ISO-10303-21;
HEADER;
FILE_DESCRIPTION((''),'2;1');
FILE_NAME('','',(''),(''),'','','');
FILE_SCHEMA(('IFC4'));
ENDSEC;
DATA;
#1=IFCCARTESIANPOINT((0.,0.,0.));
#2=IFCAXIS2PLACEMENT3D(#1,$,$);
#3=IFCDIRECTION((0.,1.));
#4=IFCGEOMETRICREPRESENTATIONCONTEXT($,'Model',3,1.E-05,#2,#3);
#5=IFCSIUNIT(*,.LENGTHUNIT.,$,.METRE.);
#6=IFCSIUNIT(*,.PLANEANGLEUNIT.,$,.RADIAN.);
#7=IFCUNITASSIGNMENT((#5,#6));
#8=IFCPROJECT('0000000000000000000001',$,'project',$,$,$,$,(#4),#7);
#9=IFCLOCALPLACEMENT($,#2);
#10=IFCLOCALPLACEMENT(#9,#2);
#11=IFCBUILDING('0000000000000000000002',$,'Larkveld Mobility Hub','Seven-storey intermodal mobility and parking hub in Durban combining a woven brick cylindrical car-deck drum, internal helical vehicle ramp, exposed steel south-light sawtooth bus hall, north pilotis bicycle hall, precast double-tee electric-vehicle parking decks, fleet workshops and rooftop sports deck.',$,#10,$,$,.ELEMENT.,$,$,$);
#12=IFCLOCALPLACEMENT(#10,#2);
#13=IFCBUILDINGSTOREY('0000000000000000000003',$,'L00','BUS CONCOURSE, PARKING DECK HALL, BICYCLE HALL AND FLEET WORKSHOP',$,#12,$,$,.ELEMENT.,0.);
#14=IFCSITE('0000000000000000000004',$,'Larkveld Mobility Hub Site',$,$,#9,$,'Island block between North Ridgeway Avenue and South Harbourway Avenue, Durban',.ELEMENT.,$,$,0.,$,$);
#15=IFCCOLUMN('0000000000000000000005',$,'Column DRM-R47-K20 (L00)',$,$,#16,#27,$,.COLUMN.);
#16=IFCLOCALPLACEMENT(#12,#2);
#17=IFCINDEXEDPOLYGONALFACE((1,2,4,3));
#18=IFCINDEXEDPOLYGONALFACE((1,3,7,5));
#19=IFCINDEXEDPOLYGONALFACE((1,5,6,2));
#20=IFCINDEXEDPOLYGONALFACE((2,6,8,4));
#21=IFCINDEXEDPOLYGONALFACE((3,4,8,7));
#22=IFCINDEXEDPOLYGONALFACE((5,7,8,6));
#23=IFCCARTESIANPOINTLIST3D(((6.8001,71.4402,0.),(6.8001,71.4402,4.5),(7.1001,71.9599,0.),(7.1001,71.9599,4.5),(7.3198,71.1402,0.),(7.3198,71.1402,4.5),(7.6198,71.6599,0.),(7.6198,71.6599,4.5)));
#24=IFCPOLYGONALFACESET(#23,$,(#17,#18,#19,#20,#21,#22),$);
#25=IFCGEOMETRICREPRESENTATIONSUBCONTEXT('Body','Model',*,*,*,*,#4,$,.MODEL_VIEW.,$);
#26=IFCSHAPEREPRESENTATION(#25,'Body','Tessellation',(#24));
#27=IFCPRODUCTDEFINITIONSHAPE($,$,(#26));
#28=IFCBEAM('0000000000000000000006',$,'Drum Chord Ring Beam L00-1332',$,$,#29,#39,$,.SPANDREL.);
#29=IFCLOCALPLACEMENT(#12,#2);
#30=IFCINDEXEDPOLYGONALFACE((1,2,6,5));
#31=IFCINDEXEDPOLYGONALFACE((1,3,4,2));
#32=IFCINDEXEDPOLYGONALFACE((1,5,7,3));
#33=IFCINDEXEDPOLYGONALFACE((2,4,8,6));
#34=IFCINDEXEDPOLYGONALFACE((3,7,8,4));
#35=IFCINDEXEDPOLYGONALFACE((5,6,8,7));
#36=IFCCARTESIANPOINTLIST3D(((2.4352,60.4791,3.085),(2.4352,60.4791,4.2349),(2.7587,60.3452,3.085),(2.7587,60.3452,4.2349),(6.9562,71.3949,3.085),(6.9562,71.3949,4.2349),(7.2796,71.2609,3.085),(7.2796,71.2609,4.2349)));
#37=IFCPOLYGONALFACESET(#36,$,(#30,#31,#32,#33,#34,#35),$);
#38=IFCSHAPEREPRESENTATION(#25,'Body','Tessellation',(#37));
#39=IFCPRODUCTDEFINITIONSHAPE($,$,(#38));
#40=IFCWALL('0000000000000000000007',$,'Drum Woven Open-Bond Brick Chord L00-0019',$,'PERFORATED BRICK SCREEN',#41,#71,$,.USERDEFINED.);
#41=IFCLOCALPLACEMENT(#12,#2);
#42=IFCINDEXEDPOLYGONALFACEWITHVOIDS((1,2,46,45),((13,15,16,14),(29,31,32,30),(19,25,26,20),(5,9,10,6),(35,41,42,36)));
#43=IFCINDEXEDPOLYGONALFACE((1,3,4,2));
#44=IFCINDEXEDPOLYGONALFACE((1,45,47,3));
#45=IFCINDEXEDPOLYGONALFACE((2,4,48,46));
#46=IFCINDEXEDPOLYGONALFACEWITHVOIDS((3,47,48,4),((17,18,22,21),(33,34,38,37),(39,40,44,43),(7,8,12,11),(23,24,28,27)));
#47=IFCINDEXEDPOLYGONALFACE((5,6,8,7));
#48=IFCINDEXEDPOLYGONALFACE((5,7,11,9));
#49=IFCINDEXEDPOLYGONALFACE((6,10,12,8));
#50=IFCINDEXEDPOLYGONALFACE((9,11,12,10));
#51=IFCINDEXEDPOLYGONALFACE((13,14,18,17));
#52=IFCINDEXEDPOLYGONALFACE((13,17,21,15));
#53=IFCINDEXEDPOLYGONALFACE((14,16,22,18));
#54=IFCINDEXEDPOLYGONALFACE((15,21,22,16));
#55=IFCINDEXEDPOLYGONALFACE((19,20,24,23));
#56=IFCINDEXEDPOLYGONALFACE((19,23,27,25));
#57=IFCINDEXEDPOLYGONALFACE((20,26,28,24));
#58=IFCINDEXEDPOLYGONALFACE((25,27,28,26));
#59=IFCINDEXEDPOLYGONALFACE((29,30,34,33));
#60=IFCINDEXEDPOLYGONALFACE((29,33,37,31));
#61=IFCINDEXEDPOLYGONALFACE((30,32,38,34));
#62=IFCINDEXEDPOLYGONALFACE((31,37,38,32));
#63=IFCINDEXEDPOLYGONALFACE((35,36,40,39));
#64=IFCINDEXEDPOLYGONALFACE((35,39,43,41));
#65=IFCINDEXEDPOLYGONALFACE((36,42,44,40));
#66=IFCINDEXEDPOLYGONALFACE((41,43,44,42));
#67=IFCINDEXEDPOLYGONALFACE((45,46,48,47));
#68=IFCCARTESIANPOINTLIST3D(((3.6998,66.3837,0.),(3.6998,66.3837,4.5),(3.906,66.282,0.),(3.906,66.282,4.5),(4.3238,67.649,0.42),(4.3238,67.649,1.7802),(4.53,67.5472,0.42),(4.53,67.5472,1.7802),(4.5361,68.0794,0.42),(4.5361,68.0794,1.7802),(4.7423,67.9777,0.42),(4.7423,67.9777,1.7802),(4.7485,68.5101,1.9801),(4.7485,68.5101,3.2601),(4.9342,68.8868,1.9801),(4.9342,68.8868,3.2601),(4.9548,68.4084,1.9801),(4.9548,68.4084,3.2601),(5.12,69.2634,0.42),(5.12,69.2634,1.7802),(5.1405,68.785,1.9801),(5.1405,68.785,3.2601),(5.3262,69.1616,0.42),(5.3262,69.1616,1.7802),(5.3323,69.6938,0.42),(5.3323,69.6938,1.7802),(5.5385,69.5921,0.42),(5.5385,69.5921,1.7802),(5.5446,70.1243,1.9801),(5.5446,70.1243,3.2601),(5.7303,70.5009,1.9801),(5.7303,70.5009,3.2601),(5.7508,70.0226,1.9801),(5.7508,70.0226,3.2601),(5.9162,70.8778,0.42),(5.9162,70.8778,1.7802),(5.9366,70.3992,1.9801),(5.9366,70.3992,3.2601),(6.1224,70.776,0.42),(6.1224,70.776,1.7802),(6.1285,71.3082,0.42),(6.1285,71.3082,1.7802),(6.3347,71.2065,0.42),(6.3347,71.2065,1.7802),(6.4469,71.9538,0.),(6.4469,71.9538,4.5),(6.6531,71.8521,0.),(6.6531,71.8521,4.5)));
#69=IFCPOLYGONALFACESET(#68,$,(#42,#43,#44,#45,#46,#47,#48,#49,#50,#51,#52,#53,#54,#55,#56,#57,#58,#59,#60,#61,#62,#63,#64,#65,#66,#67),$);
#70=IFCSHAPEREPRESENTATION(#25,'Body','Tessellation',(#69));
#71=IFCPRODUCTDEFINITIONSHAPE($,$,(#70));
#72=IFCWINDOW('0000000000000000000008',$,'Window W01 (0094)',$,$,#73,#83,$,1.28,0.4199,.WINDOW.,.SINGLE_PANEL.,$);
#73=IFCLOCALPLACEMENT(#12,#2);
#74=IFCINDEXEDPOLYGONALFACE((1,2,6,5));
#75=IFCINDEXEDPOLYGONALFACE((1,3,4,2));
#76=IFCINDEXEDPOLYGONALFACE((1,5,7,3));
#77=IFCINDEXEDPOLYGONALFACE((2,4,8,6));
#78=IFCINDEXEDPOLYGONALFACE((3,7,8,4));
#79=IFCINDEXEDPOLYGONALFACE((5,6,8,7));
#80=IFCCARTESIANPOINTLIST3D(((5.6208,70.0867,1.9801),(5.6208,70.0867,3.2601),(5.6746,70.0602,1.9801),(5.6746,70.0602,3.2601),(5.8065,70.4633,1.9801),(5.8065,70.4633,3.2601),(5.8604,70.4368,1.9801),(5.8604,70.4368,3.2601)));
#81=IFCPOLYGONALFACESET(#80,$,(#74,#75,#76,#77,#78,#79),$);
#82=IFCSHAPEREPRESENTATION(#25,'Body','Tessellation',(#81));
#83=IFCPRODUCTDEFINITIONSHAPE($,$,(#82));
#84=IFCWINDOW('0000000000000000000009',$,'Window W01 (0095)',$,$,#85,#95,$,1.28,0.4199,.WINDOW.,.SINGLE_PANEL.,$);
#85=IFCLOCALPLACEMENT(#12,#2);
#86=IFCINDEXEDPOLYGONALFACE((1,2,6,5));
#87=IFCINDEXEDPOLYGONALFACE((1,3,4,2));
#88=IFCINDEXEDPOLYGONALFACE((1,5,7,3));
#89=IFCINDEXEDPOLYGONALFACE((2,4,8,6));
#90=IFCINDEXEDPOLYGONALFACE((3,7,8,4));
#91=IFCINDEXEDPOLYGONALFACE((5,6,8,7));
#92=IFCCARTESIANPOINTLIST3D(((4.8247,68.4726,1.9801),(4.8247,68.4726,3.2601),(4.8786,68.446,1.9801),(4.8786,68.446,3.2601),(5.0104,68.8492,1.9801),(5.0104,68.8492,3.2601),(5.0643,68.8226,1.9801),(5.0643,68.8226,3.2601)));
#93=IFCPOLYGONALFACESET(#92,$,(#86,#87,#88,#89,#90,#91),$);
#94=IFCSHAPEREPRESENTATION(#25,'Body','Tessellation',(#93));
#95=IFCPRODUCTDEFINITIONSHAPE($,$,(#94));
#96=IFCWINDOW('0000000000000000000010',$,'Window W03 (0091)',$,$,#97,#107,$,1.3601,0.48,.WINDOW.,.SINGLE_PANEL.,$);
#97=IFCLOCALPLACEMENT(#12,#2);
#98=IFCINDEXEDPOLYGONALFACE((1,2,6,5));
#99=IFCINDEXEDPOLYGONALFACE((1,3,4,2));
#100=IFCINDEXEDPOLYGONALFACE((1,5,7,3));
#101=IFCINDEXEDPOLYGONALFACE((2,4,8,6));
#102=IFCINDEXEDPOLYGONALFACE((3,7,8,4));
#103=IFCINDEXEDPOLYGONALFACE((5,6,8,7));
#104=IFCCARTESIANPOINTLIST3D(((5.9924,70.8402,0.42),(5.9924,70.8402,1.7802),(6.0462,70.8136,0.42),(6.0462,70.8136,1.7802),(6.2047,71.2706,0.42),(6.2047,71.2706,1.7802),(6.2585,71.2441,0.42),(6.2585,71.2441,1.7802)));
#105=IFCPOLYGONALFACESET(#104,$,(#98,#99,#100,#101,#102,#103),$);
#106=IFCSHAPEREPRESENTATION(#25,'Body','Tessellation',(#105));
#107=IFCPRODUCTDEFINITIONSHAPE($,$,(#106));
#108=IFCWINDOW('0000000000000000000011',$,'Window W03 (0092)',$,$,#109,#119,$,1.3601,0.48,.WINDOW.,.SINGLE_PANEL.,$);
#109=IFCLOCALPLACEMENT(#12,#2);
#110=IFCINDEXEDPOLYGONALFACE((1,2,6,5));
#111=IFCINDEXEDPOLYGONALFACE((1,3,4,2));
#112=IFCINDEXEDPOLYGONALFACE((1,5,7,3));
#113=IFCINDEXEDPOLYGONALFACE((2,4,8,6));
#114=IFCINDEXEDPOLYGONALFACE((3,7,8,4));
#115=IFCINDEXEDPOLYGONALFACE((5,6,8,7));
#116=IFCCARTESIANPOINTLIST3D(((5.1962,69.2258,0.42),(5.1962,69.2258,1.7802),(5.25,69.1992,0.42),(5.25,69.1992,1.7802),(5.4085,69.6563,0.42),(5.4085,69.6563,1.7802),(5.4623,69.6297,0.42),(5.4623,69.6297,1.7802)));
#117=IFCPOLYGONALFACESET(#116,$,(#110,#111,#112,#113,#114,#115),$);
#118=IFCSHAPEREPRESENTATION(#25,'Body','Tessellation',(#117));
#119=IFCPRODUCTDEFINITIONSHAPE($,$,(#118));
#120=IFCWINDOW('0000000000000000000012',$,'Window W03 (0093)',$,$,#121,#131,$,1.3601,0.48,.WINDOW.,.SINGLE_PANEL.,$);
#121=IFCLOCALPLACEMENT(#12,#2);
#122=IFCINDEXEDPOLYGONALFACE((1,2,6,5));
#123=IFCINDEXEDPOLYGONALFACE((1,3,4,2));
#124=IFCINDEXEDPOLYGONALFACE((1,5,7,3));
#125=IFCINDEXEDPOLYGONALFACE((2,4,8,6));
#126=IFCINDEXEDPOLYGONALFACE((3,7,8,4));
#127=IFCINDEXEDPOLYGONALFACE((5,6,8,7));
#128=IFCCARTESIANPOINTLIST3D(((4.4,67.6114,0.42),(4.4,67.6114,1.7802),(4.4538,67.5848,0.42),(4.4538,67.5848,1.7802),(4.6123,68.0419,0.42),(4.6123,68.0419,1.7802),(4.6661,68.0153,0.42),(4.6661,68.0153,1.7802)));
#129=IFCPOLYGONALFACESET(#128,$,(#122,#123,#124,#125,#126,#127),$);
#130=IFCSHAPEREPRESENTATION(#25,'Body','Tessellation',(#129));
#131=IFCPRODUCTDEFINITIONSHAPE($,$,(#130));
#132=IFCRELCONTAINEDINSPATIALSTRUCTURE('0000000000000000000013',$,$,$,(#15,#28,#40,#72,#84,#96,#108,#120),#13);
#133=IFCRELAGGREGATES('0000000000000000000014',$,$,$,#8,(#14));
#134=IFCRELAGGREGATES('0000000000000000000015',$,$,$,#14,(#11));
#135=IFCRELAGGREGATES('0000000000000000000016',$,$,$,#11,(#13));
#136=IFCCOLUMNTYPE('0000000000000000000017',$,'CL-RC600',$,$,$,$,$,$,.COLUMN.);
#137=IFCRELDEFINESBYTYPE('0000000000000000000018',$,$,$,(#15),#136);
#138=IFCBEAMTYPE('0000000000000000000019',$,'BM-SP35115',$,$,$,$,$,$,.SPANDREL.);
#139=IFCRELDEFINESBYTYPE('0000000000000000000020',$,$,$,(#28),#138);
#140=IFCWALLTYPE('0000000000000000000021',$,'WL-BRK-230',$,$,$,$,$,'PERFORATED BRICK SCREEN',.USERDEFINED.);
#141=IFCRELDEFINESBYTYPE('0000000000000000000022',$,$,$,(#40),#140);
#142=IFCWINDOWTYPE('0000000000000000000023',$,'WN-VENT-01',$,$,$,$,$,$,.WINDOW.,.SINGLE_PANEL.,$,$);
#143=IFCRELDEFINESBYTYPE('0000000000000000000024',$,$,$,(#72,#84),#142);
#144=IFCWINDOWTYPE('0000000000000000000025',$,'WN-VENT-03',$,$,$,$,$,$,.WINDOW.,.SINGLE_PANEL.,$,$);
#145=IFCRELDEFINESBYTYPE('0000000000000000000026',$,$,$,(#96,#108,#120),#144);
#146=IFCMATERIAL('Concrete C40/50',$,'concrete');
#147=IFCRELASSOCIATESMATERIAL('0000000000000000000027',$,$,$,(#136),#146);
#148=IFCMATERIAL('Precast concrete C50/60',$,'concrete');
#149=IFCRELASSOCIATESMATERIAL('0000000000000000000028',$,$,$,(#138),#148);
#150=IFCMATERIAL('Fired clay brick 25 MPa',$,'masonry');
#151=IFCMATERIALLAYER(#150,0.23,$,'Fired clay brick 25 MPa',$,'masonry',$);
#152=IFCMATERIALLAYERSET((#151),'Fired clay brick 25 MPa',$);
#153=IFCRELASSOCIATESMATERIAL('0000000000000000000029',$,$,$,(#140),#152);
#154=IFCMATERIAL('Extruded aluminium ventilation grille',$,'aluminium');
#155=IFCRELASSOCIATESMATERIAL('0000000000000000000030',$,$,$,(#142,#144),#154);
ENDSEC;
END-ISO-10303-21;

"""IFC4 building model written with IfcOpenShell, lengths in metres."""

from ifc_helpers import new_model, si_unit, direction, frame, frame_2d, origin, origin_2d, place, context, subcontext, project, spatial, rectangle, extrude, material, layer, layer_set, material_profile, profile_set, type_object, element, fill, save


model = new_model("IFC4")

# Units and contexts
model_context = context("Model", 3, precision=1e-05, world=origin(), true_north=direction((0.0, 1.0)))
body_context = subcontext(model_context, "Body", "Model", "MODEL_VIEW")
ifc_project = project(units=[si_unit("LENGTHUNIT", "METRE"), si_unit("PLANEANGLEUNIT", "RADIAN")], contexts=[model_context])

# Site, building, storey
site_placement = place(None, origin())
site = spatial("IfcSite", under=ifc_project, at=site_placement, Name="Larkveld Mobility Hub Site", LongName="Island block between North Ridgeway Avenue and South Harbourway Avenue, Durban", CompositionType="ELEMENT", RefElevation=0.0)
building_placement = place(site_placement, origin())
building = spatial("IfcBuilding", under=site, at=building_placement, Name="Larkveld Mobility Hub", Description="Seven-storey intermodal mobility and parking hub in Durban combining a woven brick cylindrical car-deck drum, internal helical vehicle ramp, exposed steel south-light sawtooth bus hall, north pilotis bicycle hall, precast double-tee electric-vehicle parking decks, fleet workshops and rooftop sports deck.", CompositionType="ELEMENT")
storey_placement = place(building_placement, origin())
storey = spatial("IfcBuildingStorey", under=building, at=storey_placement, Name="L00", Description="BUS CONCOURSE, PARKING DECK HALL, BICYCLE HALL AND FLEET WORKSHOP", CompositionType="ELEMENT", Elevation=0.0)

# Column
ifc_material_1 = material(Name="Concrete C40/50", Category="concrete")
ifc_material_profile_1 = material_profile(ifc_material_1, rectangle(XDim=0.6001, YDim=0.6001, at=origin_2d()), Name="RC COL 600x600")
ifc_profile_set_1 = profile_set([ifc_material_profile_1], Name="Concrete C40/50")
column_type = type_object("IfcColumnType", Name="CL-RC600", PredefinedType="COLUMN", material=ifc_profile_set_1)
column_placement = place(storey_placement, frame((7.21, 71.55, 0.0), z_axis=(0.0, 0.0, 1.0), x_axis=(-0.866025, 0.5, 0.0)))
element("IfcColumn", 1, at=column_placement, inside=storey, type_object=column_type, Name="Column DRM-R47-K20 (L00)", PredefinedType="COLUMN", context=body_context, shape_type="SweptSolid", body=[
    extrude(rectangle(XDim=0.6001, YDim=0.6001, at=origin_2d()), origin(), (0.0, 0.0, 1.0), 4.5),
])

# Beam
ifc_material_2 = material(Name="Precast concrete C50/60", Category="concrete")
ifc_material_profile_2 = material_profile(ifc_material_2, rectangle(XDim=0.3501, YDim=1.1499, at=origin_2d()), Name="PC SP 350x1150")
ifc_profile_set_2 = profile_set([ifc_material_profile_2], Name="Precast concrete C50/60")
beam_type = type_object("IfcBeamType", Name="BM-SP35115", PredefinedType="SPANDREL", material=ifc_profile_set_2)
beam_placement = place(storey_placement, frame((7.1179, 71.3279, 3.6599), z_axis=(-0.38265, -0.923893, 0.0), x_axis=(0.923893, -0.38265, 0.0)))
element("IfcBeam", 2, at=beam_placement, inside=storey, type_object=beam_type, Name="Drum Chord Ring Beam L00-1332", PredefinedType="SPANDREL", context=body_context, shape_type="SweptSolid", body=[
    extrude(rectangle(XDim=0.3501, YDim=1.1499, at=origin_2d()), origin(), (0.0, 0.0, 1.0), 11.8149),
])

# Wall, openings, windows
ifc_material_3 = material(Name="Fired clay brick 25 MPa", Category="masonry")
ifc_layer_1 = layer(ifc_material_3, 0.23, Name="Fired clay brick 25 MPa", Category="masonry")
ifc_layer_set_1 = layer_set([ifc_layer_1], Name="Fired clay brick 25 MPa")
wall_type_1 = type_object("IfcWallType", Name="WL-BRK-230", ElementType="PERFORATED BRICK SCREEN", PredefinedType="USERDEFINED", material=ifc_layer_set_1)
wall_1_placement = place(storey_placement, frame((6.55, 71.9031, 0.0), z_axis=(0.0, 0.0, 1.0), x_axis=(-0.442317, -0.896859, 0.0)))
wall_1 = element("IfcWall", 3, at=wall_1_placement, inside=storey, type_object=wall_type_1, Name="Drum Woven Open-Bond Brick Chord L00-0019", ObjectType="PERFORATED BRICK SCREEN", PredefinedType="USERDEFINED", context=body_context, shape_type="SweptSolid", body=[
    extrude(rectangle(XDim=6.2107, YDim=0.23, at=frame_2d((3.1055, 0.0))), origin(), (0.0, 0.0, 1.0), 4.5),
])
opening_1_placement = place(wall_1_placement, frame((0.72, 0.0, 0.4199)))
opening_1 = element("IfcOpeningElement", 4, at=opening_1_placement, cuts=wall_1, PredefinedType="OPENING", context=body_context, shape_type="SweptSolid", body=[
    extrude(rectangle(XDim=0.48, YDim=1.3601, at=frame_2d((0.24, 0.6802))), frame((0.0, 0.125, 0.0), z_axis=(0.0, -1.0, 0.0), x_axis=(1.0, 0.0, 0.0)), (0.0, 0.0, 1.0), 0.25),
])
opening_2_placement = place(wall_1_placement, frame((2.52, 0.0, 0.4199)))
opening_2 = element("IfcOpeningElement", 5, at=opening_2_placement, cuts=wall_1, PredefinedType="OPENING", context=body_context, shape_type="SweptSolid", body=[
    extrude(rectangle(XDim=0.48, YDim=1.3601, at=frame_2d((0.24, 0.6802))), frame((0.0, 0.125, 0.0), z_axis=(0.0, -1.0, 0.0), x_axis=(1.0, 0.0, 0.0)), (0.0, 0.0, 1.0), 0.25),
])
opening_3_placement = place(wall_1_placement, frame((4.3201, 0.0, 0.4199)))
opening_3 = element("IfcOpeningElement", 6, at=opening_3_placement, cuts=wall_1, PredefinedType="OPENING", context=body_context, shape_type="SweptSolid", body=[
    extrude(rectangle(XDim=0.48, YDim=1.3601, at=frame_2d((0.24, 0.6802))), frame((0.0, 0.125, 0.0), z_axis=(0.0, -1.0, 0.0), x_axis=(1.0, 0.0, 0.0)), (0.0, 0.0, 1.0), 0.25),
])
opening_4_placement = place(wall_1_placement, frame((1.6201, 0.0, 1.98)))
opening_4 = element("IfcOpeningElement", 7, at=opening_4_placement, cuts=wall_1, PredefinedType="OPENING", context=body_context, shape_type="SweptSolid", body=[
    extrude(rectangle(XDim=0.4199, YDim=1.28, at=frame_2d((0.21, 0.6401))), frame((0.0, 0.125, 0.0), z_axis=(0.0, -1.0, 0.0), x_axis=(1.0, 0.0, 0.0)), (0.0, 0.0, 1.0), 0.25),
])
opening_5_placement = place(wall_1_placement, frame((3.4199, 0.0, 1.98)))
opening_5 = element("IfcOpeningElement", 8, at=opening_5_placement, cuts=wall_1, PredefinedType="OPENING", context=body_context, shape_type="SweptSolid", body=[
    extrude(rectangle(XDim=0.4199, YDim=1.28, at=frame_2d((0.21, 0.6401))), frame((0.0, 0.125, 0.0), z_axis=(0.0, -1.0, 0.0), x_axis=(1.0, 0.0, 0.0)), (0.0, 0.0, 1.0), 0.25),
])
ifc_material_4 = material(Name="Extruded aluminium ventilation grille", Category="aluminium")
window_type_1 = type_object("IfcWindowType", Name="WN-VENT-01", PartitioningType="SINGLE_PANEL", PredefinedType="WINDOW", material=ifc_material_4)
window_1_placement = place(opening_4_placement, origin())
window_1 = element("IfcWindow", 9, at=window_1_placement, inside=storey, type_object=window_type_1, Name="Window W01 (0094)", OverallHeight=1.28, OverallWidth=0.4199, PartitioningType="SINGLE_PANEL", PredefinedType="WINDOW", context=body_context, shape_type="SweptSolid", body=[
    extrude(rectangle(XDim=0.4199, YDim=1.28, at=frame_2d((0.21, 0.6401))), frame((0.0, 0.03, 0.0), z_axis=(0.0, -1.0, 0.0), x_axis=(1.0, 0.0, 0.0)), (0.0, 0.0, 1.0), 0.0601),
])
fill(opening_4, window_1)
window_2_placement = place(opening_5_placement, origin())
window_2 = element("IfcWindow", 10, at=window_2_placement, inside=storey, type_object=window_type_1, Name="Window W01 (0095)", OverallHeight=1.28, OverallWidth=0.4199, PartitioningType="SINGLE_PANEL", PredefinedType="WINDOW", context=body_context, shape_type="SweptSolid", body=[
    extrude(rectangle(XDim=0.4199, YDim=1.28, at=frame_2d((0.21, 0.6401))), frame((0.0, 0.03, 0.0), z_axis=(0.0, -1.0, 0.0), x_axis=(1.0, 0.0, 0.0)), (0.0, 0.0, 1.0), 0.0601),
])
fill(opening_5, window_2)
window_type_2 = type_object("IfcWindowType", Name="WN-VENT-03", PartitioningType="SINGLE_PANEL", PredefinedType="WINDOW", material=ifc_material_4)
window_3_placement = place(opening_1_placement, origin())
window_3 = element("IfcWindow", 11, at=window_3_placement, inside=storey, type_object=window_type_2, Name="Window W03 (0091)", OverallHeight=1.3601, OverallWidth=0.48, PartitioningType="SINGLE_PANEL", PredefinedType="WINDOW", context=body_context, shape_type="SweptSolid", body=[
    extrude(rectangle(XDim=0.48, YDim=1.3601, at=frame_2d((0.24, 0.6802))), frame((0.0, 0.03, 0.0), z_axis=(0.0, -1.0, 0.0), x_axis=(1.0, 0.0, 0.0)), (0.0, 0.0, 1.0), 0.0601),
])
fill(opening_1, window_3)
window_4_placement = place(opening_2_placement, origin())
window_4 = element("IfcWindow", 12, at=window_4_placement, inside=storey, type_object=window_type_2, Name="Window W03 (0092)", OverallHeight=1.3601, OverallWidth=0.48, PartitioningType="SINGLE_PANEL", PredefinedType="WINDOW", context=body_context, shape_type="SweptSolid", body=[
    extrude(rectangle(XDim=0.48, YDim=1.3601, at=frame_2d((0.24, 0.6802))), frame((0.0, 0.03, 0.0), z_axis=(0.0, -1.0, 0.0), x_axis=(1.0, 0.0, 0.0)), (0.0, 0.0, 1.0), 0.0601),
])
fill(opening_2, window_4)
window_5_placement = place(opening_3_placement, origin())
window_5 = element("IfcWindow", 13, at=window_5_placement, inside=storey, type_object=window_type_2, Name="Window W03 (0093)", OverallHeight=1.3601, OverallWidth=0.48, PartitioningType="SINGLE_PANEL", PredefinedType="WINDOW", context=body_context, shape_type="SweptSolid", body=[
    extrude(rectangle(XDim=0.48, YDim=1.3601, at=frame_2d((0.24, 0.6802))), frame((0.0, 0.03, 0.0), z_axis=(0.0, -1.0, 0.0), x_axis=(1.0, 0.0, 0.0)), (0.0, 0.0, 1.0), 0.0601),
])
fill(opening_3, window_5)

save(model, "model.ifc")
